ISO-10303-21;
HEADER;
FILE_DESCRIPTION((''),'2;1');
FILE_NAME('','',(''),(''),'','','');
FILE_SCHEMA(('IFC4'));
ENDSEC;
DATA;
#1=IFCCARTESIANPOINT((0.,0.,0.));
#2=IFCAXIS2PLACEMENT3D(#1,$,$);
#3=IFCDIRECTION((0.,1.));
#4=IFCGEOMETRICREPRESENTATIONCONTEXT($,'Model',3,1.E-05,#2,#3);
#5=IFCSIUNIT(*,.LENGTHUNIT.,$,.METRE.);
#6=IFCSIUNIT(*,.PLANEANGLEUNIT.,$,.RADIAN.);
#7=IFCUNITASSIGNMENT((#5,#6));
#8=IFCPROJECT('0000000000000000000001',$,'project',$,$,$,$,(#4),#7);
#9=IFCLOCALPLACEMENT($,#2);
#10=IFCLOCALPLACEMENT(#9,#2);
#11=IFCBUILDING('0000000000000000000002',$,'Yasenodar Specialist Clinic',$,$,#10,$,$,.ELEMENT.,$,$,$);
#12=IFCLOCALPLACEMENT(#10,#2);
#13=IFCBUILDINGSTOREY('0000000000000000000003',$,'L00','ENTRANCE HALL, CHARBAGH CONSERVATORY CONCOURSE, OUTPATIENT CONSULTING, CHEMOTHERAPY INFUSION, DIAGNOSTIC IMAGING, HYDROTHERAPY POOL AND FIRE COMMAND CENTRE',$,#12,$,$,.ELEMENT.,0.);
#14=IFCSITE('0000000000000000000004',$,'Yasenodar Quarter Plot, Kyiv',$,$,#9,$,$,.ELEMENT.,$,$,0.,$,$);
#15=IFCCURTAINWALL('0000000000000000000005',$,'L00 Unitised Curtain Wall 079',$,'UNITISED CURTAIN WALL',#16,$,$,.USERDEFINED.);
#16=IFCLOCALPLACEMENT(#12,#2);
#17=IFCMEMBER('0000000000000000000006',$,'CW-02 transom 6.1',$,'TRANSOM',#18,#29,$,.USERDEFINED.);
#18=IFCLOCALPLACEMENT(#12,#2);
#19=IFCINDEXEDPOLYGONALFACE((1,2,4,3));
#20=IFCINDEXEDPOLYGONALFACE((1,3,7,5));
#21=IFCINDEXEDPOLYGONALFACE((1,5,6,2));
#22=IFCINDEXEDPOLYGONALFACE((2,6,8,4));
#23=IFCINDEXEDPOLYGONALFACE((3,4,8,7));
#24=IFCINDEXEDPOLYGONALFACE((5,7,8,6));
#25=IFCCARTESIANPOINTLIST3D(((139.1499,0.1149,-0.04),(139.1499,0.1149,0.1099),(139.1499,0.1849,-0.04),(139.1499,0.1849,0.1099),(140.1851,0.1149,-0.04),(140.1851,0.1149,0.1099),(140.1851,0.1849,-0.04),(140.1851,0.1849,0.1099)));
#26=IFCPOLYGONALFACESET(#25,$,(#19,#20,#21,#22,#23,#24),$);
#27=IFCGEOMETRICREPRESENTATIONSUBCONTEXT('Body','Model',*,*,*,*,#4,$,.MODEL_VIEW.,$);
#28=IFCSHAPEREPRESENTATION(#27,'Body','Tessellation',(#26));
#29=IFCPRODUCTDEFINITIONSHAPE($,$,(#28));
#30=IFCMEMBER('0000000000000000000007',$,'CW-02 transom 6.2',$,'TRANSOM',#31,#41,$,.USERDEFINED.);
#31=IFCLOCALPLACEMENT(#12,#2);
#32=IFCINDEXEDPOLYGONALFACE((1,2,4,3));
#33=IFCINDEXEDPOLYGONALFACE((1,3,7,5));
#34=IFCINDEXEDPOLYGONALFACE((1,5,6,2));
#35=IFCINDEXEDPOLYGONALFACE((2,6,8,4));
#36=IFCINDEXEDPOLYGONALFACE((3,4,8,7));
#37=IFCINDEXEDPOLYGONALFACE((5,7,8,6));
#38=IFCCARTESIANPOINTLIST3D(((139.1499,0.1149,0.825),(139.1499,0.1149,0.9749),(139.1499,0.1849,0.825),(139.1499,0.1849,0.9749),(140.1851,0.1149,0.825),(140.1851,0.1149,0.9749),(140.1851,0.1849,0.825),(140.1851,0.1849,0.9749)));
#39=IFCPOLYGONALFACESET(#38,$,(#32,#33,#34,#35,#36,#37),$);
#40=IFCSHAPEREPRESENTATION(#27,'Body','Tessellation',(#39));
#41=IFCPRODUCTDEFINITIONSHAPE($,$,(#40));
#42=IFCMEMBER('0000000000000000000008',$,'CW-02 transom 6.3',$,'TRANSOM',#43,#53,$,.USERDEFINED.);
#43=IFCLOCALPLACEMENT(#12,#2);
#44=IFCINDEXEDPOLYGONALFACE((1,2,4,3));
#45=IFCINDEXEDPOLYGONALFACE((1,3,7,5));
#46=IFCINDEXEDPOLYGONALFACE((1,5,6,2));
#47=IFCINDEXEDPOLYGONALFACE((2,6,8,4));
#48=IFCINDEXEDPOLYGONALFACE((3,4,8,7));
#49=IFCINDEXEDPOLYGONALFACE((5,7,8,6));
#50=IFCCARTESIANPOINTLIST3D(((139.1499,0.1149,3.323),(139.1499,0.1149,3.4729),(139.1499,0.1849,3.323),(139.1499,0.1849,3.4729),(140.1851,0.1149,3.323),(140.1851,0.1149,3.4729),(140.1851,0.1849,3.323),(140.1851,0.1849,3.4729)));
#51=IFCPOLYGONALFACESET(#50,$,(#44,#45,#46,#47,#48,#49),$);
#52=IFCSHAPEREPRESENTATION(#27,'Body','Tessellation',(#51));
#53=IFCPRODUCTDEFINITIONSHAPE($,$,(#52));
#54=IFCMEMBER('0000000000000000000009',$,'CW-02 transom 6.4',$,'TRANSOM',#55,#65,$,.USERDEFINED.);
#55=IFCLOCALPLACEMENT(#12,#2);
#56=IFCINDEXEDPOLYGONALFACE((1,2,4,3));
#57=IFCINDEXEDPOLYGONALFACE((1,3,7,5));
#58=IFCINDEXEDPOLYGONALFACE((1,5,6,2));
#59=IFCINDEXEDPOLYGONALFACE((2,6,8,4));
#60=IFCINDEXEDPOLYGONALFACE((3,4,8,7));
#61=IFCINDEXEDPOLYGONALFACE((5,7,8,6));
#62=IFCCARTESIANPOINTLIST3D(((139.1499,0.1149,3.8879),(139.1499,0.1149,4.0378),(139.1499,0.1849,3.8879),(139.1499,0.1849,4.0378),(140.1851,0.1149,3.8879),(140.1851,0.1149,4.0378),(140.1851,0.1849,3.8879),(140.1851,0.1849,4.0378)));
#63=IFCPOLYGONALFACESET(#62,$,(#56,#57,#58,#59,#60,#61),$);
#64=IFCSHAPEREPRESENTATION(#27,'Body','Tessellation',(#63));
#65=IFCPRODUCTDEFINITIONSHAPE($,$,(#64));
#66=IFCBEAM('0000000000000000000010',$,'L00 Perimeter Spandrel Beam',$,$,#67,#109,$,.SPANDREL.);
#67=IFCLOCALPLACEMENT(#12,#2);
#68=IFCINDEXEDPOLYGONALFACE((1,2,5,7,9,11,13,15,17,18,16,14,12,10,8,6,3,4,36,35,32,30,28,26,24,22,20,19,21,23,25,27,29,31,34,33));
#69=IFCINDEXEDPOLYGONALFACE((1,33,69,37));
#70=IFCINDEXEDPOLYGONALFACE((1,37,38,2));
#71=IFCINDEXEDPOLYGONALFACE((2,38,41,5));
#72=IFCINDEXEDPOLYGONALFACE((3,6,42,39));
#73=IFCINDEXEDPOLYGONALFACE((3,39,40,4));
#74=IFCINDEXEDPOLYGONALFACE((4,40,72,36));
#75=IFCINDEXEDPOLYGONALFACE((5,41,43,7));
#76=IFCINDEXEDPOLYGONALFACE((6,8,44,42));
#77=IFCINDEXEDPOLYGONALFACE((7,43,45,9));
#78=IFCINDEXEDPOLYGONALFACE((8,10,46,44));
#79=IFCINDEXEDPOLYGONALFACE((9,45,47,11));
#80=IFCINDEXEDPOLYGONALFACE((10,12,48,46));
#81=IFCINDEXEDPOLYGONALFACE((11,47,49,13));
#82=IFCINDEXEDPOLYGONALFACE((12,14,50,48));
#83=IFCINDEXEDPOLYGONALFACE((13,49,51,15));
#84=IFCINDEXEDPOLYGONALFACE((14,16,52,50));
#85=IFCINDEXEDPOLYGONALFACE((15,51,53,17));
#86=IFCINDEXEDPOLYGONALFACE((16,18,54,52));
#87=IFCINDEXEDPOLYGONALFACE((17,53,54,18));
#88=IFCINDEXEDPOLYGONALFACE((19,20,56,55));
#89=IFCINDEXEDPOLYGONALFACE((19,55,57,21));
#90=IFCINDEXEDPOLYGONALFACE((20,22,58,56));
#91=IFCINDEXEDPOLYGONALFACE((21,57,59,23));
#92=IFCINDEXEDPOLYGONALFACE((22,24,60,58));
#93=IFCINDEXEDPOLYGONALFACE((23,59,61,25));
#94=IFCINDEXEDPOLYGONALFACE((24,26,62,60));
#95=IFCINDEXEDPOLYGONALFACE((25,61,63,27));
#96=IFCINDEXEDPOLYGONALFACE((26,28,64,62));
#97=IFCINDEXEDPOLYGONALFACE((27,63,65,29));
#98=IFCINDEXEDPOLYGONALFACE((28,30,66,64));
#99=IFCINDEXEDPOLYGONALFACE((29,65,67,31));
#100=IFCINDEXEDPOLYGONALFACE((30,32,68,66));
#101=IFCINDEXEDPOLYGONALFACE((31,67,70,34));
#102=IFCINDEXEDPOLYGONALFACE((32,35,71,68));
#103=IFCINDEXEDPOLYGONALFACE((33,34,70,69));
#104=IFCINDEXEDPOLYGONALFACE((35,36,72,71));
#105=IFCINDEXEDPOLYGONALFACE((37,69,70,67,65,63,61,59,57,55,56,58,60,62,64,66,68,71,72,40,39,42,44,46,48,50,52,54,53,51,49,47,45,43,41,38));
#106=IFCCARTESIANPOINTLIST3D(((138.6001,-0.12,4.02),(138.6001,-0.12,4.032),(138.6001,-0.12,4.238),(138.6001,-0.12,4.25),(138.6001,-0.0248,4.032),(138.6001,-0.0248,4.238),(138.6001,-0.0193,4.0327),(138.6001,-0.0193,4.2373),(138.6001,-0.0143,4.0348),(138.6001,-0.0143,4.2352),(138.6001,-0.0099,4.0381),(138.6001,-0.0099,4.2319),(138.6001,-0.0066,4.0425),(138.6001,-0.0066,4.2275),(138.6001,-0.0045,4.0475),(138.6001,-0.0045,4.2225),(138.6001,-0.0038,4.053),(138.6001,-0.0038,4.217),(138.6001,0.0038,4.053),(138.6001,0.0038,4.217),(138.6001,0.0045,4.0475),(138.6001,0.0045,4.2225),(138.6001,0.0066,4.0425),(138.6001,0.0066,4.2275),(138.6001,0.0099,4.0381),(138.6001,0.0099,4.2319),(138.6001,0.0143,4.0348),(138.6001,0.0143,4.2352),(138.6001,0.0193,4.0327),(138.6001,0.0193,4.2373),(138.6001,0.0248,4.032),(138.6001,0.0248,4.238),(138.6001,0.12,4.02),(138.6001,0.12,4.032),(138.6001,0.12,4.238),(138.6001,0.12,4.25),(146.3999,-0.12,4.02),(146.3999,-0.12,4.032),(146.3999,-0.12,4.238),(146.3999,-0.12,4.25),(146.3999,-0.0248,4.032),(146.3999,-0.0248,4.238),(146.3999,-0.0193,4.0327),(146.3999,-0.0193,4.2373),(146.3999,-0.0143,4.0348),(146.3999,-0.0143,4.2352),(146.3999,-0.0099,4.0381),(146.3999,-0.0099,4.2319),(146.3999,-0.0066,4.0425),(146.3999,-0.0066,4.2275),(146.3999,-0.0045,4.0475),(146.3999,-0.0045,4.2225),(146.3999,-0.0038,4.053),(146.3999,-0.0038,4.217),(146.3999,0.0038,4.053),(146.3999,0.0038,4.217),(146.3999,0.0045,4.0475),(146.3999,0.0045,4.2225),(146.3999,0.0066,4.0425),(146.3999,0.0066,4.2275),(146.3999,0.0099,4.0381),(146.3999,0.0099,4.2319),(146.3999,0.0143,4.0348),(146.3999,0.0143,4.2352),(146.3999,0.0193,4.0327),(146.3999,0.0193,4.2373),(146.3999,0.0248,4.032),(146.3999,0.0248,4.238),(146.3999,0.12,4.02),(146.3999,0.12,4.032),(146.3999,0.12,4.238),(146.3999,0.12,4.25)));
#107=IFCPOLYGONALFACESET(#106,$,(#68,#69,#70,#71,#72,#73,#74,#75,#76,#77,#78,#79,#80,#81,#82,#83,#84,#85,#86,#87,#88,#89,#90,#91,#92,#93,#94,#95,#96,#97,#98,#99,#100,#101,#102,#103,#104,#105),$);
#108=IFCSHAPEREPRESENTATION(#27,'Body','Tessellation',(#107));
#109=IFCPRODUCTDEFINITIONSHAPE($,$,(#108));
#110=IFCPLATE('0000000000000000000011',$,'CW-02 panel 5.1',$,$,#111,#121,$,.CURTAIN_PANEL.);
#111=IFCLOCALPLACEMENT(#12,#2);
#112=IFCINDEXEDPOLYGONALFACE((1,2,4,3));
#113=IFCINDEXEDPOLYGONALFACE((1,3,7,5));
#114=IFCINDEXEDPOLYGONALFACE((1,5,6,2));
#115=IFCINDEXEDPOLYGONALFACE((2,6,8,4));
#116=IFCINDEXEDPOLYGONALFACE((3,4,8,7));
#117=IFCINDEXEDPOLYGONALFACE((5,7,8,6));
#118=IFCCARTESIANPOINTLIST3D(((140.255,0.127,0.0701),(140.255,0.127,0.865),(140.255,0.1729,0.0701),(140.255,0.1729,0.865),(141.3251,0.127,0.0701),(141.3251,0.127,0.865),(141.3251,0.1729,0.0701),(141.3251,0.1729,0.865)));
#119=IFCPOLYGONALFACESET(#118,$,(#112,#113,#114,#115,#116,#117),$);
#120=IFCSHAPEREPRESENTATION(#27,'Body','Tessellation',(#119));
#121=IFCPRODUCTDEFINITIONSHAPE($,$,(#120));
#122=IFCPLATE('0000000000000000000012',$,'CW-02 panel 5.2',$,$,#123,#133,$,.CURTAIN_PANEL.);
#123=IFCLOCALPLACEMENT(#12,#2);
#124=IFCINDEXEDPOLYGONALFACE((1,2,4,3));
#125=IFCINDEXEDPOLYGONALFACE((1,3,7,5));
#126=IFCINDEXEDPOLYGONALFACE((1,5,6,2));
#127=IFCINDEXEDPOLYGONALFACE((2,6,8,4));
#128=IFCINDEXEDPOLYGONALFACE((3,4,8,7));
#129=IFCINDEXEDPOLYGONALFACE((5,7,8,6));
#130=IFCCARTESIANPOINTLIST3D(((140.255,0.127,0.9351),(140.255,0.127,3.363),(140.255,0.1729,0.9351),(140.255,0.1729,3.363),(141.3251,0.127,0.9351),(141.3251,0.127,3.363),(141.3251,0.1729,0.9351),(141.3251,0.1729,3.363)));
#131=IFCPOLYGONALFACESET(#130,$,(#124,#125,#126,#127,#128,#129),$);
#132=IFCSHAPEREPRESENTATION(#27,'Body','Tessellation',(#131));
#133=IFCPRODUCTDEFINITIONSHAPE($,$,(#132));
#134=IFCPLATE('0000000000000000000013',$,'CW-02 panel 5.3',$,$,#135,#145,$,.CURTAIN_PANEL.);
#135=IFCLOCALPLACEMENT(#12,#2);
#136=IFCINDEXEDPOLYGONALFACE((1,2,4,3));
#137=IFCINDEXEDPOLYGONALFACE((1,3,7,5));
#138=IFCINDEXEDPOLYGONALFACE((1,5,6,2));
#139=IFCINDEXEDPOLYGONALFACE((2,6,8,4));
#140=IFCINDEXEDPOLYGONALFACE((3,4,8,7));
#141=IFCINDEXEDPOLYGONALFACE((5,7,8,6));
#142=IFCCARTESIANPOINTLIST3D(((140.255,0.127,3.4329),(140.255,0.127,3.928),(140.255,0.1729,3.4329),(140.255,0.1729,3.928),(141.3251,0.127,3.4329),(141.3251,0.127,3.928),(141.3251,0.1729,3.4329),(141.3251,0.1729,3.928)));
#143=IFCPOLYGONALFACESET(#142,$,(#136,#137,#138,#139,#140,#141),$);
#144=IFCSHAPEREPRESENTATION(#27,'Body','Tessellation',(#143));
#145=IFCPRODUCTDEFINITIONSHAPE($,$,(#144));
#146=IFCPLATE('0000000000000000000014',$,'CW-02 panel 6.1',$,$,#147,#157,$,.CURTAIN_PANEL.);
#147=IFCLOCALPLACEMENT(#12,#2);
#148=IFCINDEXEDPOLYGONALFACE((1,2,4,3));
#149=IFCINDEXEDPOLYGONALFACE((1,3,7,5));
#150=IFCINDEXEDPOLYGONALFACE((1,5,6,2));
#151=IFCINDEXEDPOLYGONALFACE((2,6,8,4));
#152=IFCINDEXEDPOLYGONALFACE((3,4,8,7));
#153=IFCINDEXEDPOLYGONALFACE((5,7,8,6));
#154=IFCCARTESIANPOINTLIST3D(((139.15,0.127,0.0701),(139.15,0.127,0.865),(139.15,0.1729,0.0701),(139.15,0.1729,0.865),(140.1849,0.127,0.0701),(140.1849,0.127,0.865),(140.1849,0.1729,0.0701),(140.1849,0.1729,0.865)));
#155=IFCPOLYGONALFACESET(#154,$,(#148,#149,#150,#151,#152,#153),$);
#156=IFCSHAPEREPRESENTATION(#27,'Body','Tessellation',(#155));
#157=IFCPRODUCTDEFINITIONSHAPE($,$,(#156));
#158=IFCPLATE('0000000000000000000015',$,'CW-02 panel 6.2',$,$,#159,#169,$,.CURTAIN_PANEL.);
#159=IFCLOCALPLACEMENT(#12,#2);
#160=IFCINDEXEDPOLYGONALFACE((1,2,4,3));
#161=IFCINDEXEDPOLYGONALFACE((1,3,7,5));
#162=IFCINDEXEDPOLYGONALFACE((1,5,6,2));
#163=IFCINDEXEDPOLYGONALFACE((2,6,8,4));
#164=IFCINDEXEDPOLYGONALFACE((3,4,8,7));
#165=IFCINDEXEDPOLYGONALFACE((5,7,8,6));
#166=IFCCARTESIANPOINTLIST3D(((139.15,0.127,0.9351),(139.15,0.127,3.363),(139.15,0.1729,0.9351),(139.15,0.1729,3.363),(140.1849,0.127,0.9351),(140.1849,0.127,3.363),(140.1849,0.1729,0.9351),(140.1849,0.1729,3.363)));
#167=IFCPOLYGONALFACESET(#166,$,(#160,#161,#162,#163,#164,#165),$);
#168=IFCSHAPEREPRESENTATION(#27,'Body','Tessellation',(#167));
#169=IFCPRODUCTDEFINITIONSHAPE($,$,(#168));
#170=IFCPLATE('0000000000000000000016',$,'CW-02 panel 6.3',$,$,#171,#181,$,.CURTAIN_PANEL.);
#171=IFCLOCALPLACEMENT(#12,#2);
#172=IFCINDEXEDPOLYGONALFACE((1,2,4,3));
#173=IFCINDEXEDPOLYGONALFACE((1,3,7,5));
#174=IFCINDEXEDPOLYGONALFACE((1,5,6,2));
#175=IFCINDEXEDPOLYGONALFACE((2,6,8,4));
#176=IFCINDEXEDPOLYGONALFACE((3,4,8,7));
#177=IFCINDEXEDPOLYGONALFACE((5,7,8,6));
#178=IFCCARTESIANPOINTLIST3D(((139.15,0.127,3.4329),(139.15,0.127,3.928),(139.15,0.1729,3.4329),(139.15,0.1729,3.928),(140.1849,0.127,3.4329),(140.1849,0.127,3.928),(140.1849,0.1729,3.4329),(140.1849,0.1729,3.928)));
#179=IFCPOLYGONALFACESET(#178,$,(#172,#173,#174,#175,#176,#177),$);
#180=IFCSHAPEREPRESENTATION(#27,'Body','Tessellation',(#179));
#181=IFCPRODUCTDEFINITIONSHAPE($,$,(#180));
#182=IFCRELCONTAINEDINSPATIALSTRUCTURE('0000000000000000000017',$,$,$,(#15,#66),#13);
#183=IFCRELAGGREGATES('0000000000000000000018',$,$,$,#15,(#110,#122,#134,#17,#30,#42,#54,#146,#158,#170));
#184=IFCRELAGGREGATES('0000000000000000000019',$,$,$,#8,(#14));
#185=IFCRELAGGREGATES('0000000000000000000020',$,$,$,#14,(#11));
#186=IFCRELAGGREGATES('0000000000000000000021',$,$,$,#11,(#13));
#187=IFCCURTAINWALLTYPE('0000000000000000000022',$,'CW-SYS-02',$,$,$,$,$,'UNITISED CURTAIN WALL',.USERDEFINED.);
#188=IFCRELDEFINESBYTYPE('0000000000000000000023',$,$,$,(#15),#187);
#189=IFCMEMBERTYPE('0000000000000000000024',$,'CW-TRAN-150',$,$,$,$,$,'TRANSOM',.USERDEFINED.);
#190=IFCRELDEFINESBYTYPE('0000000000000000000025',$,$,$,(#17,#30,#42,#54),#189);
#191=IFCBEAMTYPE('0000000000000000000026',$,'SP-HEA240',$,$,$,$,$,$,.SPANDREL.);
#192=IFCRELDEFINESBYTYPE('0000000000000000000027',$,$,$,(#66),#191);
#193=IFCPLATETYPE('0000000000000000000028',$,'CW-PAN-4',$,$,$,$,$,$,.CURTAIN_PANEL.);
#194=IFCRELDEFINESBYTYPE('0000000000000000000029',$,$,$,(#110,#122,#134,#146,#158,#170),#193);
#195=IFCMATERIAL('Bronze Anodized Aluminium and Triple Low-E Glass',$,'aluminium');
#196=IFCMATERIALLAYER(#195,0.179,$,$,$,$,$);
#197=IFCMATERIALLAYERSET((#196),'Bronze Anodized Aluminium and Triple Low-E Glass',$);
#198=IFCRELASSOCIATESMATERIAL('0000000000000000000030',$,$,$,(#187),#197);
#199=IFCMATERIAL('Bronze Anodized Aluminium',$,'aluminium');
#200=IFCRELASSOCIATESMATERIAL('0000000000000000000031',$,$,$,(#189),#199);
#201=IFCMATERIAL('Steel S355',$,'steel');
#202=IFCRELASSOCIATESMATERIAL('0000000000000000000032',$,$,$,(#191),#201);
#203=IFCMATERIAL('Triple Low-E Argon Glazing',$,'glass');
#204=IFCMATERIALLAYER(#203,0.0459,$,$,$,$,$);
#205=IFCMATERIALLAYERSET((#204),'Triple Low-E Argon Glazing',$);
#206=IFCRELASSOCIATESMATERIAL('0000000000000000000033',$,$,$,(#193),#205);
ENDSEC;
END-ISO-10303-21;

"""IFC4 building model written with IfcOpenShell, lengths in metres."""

from ifc_helpers import new_model, si_unit, direction, frame, origin, origin_2d, place, context, subcontext, project, spatial, rectangle, i_section, extrude, material, layer, layer_set, material_profile, profile_set, type_object, element, aggregate, save


model = new_model("IFC4")

# Units and contexts
model_context = context("Model", 3, precision=1e-05, world=origin(), true_north=direction((0.0, 1.0)))
body_context = subcontext(model_context, "Body", "Model", "MODEL_VIEW")
ifc_project = project(units=[si_unit("LENGTHUNIT", "METRE"), si_unit("PLANEANGLEUNIT", "RADIAN")], contexts=[model_context])

# Site, building, storey
site_placement = place(None, origin())
site = spatial("IfcSite", under=ifc_project, at=site_placement, Name="Yasenodar Quarter Plot, Kyiv", CompositionType="ELEMENT", RefElevation=0.0)
building_placement = place(site_placement, origin())
building = spatial("IfcBuilding", under=site, at=building_placement, Name="Yasenodar Specialist Clinic", CompositionType="ELEMENT")
storey_placement = place(building_placement, origin())
storey = spatial("IfcBuildingStorey", under=building, at=storey_placement, Name="L00", Description="ENTRANCE HALL, CHARBAGH CONSERVATORY CONCOURSE, OUTPATIENT CONSULTING, CHEMOTHERAPY INFUSION, DIAGNOSTIC IMAGING, HYDROTHERAPY POOL AND FIRE COMMAND CENTRE", CompositionType="ELEMENT", Elevation=0.0)

# Shared definitions
ifc_material_1 = material(Name="Steel S355", Category="steel")

# Curtain wall, members
ifc_material_2 = material(Name="Bronze Anodized Aluminium and Triple Low-E Glass", Category="aluminium")
ifc_layer_1 = layer(ifc_material_2, 0.179)
ifc_layer_set_1 = layer_set([ifc_layer_1], Name="Bronze Anodized Aluminium and Triple Low-E Glass")
curtain_wall_type = type_object("IfcCurtainWallType", Name="CW-SYS-02", ElementType="UNITISED CURTAIN WALL", PredefinedType="USERDEFINED", material=ifc_layer_set_1)
curtain_wall_placement = place(storey_placement, origin())
curtain_wall = element("IfcCurtainWall", 1, at=curtain_wall_placement, inside=storey, type_object=curtain_wall_type, Name="L00 Unitised Curtain Wall 079", ObjectType="UNITISED CURTAIN WALL", PredefinedType="USERDEFINED")
ifc_material_3 = material(Name="Bronze Anodized Aluminium", Category="aluminium")
ifc_material_profile_1 = material_profile(ifc_material_3, rectangle(XDim=0.0701, YDim=0.1499, at=origin_2d()), Name="CW-TRAN 70x150")
ifc_profile_set_1 = profile_set([ifc_material_profile_1], Name="Bronze Anodized Aluminium")
member_type_1 = type_object("IfcMemberType", Name="CW-TRAN-150", ElementType="TRANSOM", PredefinedType="USERDEFINED", material=ifc_profile_set_1)
member_1_placement = place(storey_placement, frame((140.1851, 0.1499, 0.0349), z_axis=(-1.0, 0.0, 0.0), x_axis=(0.0, -1.0, 0.0)))
member_1 = element("IfcMember", 2, at=member_1_placement, type_object=member_type_1, Name="CW-02 transom 6.1", ObjectType="TRANSOM", PredefinedType="USERDEFINED", context=body_context, shape_type="SweptSolid", body=[
    extrude(rectangle(XDim=0.0701, YDim=0.1499, at=origin_2d()), origin(), (0.0, 0.0, 1.0), 1.0352),
])
member_2_placement = place(storey_placement, frame((140.1851, 0.1499, 0.8999), z_axis=(-1.0, 0.0, 0.0), x_axis=(0.0, -1.0, 0.0)))
member_2 = element("IfcMember", 3, at=member_2_placement, type_object=member_type_1, Name="CW-02 transom 6.2", ObjectType="TRANSOM", PredefinedType="USERDEFINED", context=body_context, shape_type="SweptSolid", body=[
    extrude(rectangle(XDim=0.0701, YDim=0.1499, at=origin_2d()), origin(), (0.0, 0.0, 1.0), 1.0352),
])
member_3_placement = place(storey_placement, frame((140.1851, 0.1499, 3.3979), z_axis=(-1.0, 0.0, 0.0), x_axis=(0.0, -1.0, 0.0)))
member_3 = element("IfcMember", 4, at=member_3_placement, type_object=member_type_1, Name="CW-02 transom 6.3", ObjectType="TRANSOM", PredefinedType="USERDEFINED", context=body_context, shape_type="SweptSolid", body=[
    extrude(rectangle(XDim=0.0701, YDim=0.1499, at=origin_2d()), origin(), (0.0, 0.0, 1.0), 1.0352),
])
member_4_placement = place(storey_placement, frame((140.1851, 0.1499, 3.9629), z_axis=(-1.0, 0.0, 0.0), x_axis=(0.0, -1.0, 0.0)))
member_4 = element("IfcMember", 5, at=member_4_placement, type_object=member_type_1, Name="CW-02 transom 6.4", ObjectType="TRANSOM", PredefinedType="USERDEFINED", context=body_context, shape_type="SweptSolid", body=[
    extrude(rectangle(XDim=0.0701, YDim=0.1499, at=origin_2d()), origin(), (0.0, 0.0, 1.0), 1.0352),
])

# Beam
ifc_material_profile_2 = material_profile(ifc_material_1, i_section(OverallWidth=0.24, OverallDepth=0.23, WebThickness=0.0076, FlangeThickness=0.012, FilletRadius=0.021, at=origin_2d()), Name="HEA 240")
ifc_profile_set_2 = profile_set([ifc_material_profile_2], Name="Steel S355")
beam_type_1 = type_object("IfcBeamType", Name="SP-HEA240", PredefinedType="SPANDREL", material=ifc_profile_set_2)
beam_1_placement = place(storey_placement, frame((138.6001, 0.0, 4.135), z_axis=(1.0, 0.0, 0.0), x_axis=(0.0, 1.0, 0.0)))
element("IfcBeam", 6, at=beam_1_placement, inside=storey, type_object=beam_type_1, Name="L00 Perimeter Spandrel Beam", PredefinedType="SPANDREL", context=body_context, shape_type="SweptSolid", body=[
    extrude(i_section(OverallWidth=0.24, OverallDepth=0.23, WebThickness=0.0076, FlangeThickness=0.012, FilletRadius=0.021, at=origin_2d()), origin(), (0.0, 0.0, 1.0), 7.7998),
])

# Plates
ifc_material_4 = material(Name="Triple Low-E Argon Glazing", Category="glass")
ifc_layer_2 = layer(ifc_material_4, 0.0459)
ifc_layer_set_2 = layer_set([ifc_layer_2], Name="Triple Low-E Argon Glazing")
plate_type = type_object("IfcPlateType", Name="CW-PAN-4", PredefinedType="CURTAIN_PANEL", material=ifc_layer_set_2)
plate_1_placement = place(storey_placement, frame((140.79, 0.1499, 0.0701), z_axis=(0.0, 0.0, 1.0), x_axis=(-1.0, 0.0, 0.0)))
plate_1 = element("IfcPlate", 7, at=plate_1_placement, type_object=plate_type, Name="CW-02 panel 5.1", PredefinedType="CURTAIN_PANEL", context=body_context, shape_type="SweptSolid", body=[
    extrude(rectangle(XDim=1.0701, YDim=0.0459, at=origin_2d()), origin(), (0.0, 0.0, 1.0), 0.7949),
])
plate_2_placement = place(storey_placement, frame((140.79, 0.1499, 0.9351), z_axis=(0.0, 0.0, 1.0), x_axis=(-1.0, 0.0, 0.0)))
plate_2 = element("IfcPlate", 8, at=plate_2_placement, type_object=plate_type, Name="CW-02 panel 5.2", PredefinedType="CURTAIN_PANEL", context=body_context, shape_type="SweptSolid", body=[
    extrude(rectangle(XDim=1.0701, YDim=0.0459, at=origin_2d()), origin(), (0.0, 0.0, 1.0), 2.428),
])
plate_3_placement = place(storey_placement, frame((140.79, 0.1499, 3.4329), z_axis=(0.0, 0.0, 1.0), x_axis=(-1.0, 0.0, 0.0)))
plate_3 = element("IfcPlate", 9, at=plate_3_placement, type_object=plate_type, Name="CW-02 panel 5.3", PredefinedType="CURTAIN_PANEL", context=body_context, shape_type="SweptSolid", body=[
    extrude(rectangle(XDim=1.0701, YDim=0.0459, at=origin_2d()), origin(), (0.0, 0.0, 1.0), 0.4951),
])
plate_4_placement = place(storey_placement, frame((139.6675, 0.1499, 0.0701), z_axis=(0.0, 0.0, 1.0), x_axis=(-1.0, 0.0, 0.0)))
plate_4 = element("IfcPlate", 10, at=plate_4_placement, type_object=plate_type, Name="CW-02 panel 6.1", PredefinedType="CURTAIN_PANEL", context=body_context, shape_type="SweptSolid", body=[
    extrude(rectangle(XDim=1.0349, YDim=0.0459, at=origin_2d()), origin(), (0.0, 0.0, 1.0), 0.7949),
])
plate_5_placement = place(storey_placement, frame((139.6675, 0.1499, 0.9351), z_axis=(0.0, 0.0, 1.0), x_axis=(-1.0, 0.0, 0.0)))
plate_5 = element("IfcPlate", 11, at=plate_5_placement, type_object=plate_type, Name="CW-02 panel 6.2", PredefinedType="CURTAIN_PANEL", context=body_context, shape_type="SweptSolid", body=[
    extrude(rectangle(XDim=1.0349, YDim=0.0459, at=origin_2d()), origin(), (0.0, 0.0, 1.0), 2.428),
])
plate_6_placement = place(storey_placement, frame((139.6675, 0.1499, 3.4329), z_axis=(0.0, 0.0, 1.0), x_axis=(-1.0, 0.0, 0.0)))
plate_6 = element("IfcPlate", 12, at=plate_6_placement, type_object=plate_type, Name="CW-02 panel 6.3", PredefinedType="CURTAIN_PANEL", context=body_context, shape_type="SweptSolid", body=[
    extrude(rectangle(XDim=1.0349, YDim=0.0459, at=origin_2d()), origin(), (0.0, 0.0, 1.0), 0.4951),
])
aggregate(curtain_wall, [plate_1, plate_2, plate_3, member_1, member_2, member_3, member_4, plate_4, plate_5, plate_6])

save(model, "model.ifc")
